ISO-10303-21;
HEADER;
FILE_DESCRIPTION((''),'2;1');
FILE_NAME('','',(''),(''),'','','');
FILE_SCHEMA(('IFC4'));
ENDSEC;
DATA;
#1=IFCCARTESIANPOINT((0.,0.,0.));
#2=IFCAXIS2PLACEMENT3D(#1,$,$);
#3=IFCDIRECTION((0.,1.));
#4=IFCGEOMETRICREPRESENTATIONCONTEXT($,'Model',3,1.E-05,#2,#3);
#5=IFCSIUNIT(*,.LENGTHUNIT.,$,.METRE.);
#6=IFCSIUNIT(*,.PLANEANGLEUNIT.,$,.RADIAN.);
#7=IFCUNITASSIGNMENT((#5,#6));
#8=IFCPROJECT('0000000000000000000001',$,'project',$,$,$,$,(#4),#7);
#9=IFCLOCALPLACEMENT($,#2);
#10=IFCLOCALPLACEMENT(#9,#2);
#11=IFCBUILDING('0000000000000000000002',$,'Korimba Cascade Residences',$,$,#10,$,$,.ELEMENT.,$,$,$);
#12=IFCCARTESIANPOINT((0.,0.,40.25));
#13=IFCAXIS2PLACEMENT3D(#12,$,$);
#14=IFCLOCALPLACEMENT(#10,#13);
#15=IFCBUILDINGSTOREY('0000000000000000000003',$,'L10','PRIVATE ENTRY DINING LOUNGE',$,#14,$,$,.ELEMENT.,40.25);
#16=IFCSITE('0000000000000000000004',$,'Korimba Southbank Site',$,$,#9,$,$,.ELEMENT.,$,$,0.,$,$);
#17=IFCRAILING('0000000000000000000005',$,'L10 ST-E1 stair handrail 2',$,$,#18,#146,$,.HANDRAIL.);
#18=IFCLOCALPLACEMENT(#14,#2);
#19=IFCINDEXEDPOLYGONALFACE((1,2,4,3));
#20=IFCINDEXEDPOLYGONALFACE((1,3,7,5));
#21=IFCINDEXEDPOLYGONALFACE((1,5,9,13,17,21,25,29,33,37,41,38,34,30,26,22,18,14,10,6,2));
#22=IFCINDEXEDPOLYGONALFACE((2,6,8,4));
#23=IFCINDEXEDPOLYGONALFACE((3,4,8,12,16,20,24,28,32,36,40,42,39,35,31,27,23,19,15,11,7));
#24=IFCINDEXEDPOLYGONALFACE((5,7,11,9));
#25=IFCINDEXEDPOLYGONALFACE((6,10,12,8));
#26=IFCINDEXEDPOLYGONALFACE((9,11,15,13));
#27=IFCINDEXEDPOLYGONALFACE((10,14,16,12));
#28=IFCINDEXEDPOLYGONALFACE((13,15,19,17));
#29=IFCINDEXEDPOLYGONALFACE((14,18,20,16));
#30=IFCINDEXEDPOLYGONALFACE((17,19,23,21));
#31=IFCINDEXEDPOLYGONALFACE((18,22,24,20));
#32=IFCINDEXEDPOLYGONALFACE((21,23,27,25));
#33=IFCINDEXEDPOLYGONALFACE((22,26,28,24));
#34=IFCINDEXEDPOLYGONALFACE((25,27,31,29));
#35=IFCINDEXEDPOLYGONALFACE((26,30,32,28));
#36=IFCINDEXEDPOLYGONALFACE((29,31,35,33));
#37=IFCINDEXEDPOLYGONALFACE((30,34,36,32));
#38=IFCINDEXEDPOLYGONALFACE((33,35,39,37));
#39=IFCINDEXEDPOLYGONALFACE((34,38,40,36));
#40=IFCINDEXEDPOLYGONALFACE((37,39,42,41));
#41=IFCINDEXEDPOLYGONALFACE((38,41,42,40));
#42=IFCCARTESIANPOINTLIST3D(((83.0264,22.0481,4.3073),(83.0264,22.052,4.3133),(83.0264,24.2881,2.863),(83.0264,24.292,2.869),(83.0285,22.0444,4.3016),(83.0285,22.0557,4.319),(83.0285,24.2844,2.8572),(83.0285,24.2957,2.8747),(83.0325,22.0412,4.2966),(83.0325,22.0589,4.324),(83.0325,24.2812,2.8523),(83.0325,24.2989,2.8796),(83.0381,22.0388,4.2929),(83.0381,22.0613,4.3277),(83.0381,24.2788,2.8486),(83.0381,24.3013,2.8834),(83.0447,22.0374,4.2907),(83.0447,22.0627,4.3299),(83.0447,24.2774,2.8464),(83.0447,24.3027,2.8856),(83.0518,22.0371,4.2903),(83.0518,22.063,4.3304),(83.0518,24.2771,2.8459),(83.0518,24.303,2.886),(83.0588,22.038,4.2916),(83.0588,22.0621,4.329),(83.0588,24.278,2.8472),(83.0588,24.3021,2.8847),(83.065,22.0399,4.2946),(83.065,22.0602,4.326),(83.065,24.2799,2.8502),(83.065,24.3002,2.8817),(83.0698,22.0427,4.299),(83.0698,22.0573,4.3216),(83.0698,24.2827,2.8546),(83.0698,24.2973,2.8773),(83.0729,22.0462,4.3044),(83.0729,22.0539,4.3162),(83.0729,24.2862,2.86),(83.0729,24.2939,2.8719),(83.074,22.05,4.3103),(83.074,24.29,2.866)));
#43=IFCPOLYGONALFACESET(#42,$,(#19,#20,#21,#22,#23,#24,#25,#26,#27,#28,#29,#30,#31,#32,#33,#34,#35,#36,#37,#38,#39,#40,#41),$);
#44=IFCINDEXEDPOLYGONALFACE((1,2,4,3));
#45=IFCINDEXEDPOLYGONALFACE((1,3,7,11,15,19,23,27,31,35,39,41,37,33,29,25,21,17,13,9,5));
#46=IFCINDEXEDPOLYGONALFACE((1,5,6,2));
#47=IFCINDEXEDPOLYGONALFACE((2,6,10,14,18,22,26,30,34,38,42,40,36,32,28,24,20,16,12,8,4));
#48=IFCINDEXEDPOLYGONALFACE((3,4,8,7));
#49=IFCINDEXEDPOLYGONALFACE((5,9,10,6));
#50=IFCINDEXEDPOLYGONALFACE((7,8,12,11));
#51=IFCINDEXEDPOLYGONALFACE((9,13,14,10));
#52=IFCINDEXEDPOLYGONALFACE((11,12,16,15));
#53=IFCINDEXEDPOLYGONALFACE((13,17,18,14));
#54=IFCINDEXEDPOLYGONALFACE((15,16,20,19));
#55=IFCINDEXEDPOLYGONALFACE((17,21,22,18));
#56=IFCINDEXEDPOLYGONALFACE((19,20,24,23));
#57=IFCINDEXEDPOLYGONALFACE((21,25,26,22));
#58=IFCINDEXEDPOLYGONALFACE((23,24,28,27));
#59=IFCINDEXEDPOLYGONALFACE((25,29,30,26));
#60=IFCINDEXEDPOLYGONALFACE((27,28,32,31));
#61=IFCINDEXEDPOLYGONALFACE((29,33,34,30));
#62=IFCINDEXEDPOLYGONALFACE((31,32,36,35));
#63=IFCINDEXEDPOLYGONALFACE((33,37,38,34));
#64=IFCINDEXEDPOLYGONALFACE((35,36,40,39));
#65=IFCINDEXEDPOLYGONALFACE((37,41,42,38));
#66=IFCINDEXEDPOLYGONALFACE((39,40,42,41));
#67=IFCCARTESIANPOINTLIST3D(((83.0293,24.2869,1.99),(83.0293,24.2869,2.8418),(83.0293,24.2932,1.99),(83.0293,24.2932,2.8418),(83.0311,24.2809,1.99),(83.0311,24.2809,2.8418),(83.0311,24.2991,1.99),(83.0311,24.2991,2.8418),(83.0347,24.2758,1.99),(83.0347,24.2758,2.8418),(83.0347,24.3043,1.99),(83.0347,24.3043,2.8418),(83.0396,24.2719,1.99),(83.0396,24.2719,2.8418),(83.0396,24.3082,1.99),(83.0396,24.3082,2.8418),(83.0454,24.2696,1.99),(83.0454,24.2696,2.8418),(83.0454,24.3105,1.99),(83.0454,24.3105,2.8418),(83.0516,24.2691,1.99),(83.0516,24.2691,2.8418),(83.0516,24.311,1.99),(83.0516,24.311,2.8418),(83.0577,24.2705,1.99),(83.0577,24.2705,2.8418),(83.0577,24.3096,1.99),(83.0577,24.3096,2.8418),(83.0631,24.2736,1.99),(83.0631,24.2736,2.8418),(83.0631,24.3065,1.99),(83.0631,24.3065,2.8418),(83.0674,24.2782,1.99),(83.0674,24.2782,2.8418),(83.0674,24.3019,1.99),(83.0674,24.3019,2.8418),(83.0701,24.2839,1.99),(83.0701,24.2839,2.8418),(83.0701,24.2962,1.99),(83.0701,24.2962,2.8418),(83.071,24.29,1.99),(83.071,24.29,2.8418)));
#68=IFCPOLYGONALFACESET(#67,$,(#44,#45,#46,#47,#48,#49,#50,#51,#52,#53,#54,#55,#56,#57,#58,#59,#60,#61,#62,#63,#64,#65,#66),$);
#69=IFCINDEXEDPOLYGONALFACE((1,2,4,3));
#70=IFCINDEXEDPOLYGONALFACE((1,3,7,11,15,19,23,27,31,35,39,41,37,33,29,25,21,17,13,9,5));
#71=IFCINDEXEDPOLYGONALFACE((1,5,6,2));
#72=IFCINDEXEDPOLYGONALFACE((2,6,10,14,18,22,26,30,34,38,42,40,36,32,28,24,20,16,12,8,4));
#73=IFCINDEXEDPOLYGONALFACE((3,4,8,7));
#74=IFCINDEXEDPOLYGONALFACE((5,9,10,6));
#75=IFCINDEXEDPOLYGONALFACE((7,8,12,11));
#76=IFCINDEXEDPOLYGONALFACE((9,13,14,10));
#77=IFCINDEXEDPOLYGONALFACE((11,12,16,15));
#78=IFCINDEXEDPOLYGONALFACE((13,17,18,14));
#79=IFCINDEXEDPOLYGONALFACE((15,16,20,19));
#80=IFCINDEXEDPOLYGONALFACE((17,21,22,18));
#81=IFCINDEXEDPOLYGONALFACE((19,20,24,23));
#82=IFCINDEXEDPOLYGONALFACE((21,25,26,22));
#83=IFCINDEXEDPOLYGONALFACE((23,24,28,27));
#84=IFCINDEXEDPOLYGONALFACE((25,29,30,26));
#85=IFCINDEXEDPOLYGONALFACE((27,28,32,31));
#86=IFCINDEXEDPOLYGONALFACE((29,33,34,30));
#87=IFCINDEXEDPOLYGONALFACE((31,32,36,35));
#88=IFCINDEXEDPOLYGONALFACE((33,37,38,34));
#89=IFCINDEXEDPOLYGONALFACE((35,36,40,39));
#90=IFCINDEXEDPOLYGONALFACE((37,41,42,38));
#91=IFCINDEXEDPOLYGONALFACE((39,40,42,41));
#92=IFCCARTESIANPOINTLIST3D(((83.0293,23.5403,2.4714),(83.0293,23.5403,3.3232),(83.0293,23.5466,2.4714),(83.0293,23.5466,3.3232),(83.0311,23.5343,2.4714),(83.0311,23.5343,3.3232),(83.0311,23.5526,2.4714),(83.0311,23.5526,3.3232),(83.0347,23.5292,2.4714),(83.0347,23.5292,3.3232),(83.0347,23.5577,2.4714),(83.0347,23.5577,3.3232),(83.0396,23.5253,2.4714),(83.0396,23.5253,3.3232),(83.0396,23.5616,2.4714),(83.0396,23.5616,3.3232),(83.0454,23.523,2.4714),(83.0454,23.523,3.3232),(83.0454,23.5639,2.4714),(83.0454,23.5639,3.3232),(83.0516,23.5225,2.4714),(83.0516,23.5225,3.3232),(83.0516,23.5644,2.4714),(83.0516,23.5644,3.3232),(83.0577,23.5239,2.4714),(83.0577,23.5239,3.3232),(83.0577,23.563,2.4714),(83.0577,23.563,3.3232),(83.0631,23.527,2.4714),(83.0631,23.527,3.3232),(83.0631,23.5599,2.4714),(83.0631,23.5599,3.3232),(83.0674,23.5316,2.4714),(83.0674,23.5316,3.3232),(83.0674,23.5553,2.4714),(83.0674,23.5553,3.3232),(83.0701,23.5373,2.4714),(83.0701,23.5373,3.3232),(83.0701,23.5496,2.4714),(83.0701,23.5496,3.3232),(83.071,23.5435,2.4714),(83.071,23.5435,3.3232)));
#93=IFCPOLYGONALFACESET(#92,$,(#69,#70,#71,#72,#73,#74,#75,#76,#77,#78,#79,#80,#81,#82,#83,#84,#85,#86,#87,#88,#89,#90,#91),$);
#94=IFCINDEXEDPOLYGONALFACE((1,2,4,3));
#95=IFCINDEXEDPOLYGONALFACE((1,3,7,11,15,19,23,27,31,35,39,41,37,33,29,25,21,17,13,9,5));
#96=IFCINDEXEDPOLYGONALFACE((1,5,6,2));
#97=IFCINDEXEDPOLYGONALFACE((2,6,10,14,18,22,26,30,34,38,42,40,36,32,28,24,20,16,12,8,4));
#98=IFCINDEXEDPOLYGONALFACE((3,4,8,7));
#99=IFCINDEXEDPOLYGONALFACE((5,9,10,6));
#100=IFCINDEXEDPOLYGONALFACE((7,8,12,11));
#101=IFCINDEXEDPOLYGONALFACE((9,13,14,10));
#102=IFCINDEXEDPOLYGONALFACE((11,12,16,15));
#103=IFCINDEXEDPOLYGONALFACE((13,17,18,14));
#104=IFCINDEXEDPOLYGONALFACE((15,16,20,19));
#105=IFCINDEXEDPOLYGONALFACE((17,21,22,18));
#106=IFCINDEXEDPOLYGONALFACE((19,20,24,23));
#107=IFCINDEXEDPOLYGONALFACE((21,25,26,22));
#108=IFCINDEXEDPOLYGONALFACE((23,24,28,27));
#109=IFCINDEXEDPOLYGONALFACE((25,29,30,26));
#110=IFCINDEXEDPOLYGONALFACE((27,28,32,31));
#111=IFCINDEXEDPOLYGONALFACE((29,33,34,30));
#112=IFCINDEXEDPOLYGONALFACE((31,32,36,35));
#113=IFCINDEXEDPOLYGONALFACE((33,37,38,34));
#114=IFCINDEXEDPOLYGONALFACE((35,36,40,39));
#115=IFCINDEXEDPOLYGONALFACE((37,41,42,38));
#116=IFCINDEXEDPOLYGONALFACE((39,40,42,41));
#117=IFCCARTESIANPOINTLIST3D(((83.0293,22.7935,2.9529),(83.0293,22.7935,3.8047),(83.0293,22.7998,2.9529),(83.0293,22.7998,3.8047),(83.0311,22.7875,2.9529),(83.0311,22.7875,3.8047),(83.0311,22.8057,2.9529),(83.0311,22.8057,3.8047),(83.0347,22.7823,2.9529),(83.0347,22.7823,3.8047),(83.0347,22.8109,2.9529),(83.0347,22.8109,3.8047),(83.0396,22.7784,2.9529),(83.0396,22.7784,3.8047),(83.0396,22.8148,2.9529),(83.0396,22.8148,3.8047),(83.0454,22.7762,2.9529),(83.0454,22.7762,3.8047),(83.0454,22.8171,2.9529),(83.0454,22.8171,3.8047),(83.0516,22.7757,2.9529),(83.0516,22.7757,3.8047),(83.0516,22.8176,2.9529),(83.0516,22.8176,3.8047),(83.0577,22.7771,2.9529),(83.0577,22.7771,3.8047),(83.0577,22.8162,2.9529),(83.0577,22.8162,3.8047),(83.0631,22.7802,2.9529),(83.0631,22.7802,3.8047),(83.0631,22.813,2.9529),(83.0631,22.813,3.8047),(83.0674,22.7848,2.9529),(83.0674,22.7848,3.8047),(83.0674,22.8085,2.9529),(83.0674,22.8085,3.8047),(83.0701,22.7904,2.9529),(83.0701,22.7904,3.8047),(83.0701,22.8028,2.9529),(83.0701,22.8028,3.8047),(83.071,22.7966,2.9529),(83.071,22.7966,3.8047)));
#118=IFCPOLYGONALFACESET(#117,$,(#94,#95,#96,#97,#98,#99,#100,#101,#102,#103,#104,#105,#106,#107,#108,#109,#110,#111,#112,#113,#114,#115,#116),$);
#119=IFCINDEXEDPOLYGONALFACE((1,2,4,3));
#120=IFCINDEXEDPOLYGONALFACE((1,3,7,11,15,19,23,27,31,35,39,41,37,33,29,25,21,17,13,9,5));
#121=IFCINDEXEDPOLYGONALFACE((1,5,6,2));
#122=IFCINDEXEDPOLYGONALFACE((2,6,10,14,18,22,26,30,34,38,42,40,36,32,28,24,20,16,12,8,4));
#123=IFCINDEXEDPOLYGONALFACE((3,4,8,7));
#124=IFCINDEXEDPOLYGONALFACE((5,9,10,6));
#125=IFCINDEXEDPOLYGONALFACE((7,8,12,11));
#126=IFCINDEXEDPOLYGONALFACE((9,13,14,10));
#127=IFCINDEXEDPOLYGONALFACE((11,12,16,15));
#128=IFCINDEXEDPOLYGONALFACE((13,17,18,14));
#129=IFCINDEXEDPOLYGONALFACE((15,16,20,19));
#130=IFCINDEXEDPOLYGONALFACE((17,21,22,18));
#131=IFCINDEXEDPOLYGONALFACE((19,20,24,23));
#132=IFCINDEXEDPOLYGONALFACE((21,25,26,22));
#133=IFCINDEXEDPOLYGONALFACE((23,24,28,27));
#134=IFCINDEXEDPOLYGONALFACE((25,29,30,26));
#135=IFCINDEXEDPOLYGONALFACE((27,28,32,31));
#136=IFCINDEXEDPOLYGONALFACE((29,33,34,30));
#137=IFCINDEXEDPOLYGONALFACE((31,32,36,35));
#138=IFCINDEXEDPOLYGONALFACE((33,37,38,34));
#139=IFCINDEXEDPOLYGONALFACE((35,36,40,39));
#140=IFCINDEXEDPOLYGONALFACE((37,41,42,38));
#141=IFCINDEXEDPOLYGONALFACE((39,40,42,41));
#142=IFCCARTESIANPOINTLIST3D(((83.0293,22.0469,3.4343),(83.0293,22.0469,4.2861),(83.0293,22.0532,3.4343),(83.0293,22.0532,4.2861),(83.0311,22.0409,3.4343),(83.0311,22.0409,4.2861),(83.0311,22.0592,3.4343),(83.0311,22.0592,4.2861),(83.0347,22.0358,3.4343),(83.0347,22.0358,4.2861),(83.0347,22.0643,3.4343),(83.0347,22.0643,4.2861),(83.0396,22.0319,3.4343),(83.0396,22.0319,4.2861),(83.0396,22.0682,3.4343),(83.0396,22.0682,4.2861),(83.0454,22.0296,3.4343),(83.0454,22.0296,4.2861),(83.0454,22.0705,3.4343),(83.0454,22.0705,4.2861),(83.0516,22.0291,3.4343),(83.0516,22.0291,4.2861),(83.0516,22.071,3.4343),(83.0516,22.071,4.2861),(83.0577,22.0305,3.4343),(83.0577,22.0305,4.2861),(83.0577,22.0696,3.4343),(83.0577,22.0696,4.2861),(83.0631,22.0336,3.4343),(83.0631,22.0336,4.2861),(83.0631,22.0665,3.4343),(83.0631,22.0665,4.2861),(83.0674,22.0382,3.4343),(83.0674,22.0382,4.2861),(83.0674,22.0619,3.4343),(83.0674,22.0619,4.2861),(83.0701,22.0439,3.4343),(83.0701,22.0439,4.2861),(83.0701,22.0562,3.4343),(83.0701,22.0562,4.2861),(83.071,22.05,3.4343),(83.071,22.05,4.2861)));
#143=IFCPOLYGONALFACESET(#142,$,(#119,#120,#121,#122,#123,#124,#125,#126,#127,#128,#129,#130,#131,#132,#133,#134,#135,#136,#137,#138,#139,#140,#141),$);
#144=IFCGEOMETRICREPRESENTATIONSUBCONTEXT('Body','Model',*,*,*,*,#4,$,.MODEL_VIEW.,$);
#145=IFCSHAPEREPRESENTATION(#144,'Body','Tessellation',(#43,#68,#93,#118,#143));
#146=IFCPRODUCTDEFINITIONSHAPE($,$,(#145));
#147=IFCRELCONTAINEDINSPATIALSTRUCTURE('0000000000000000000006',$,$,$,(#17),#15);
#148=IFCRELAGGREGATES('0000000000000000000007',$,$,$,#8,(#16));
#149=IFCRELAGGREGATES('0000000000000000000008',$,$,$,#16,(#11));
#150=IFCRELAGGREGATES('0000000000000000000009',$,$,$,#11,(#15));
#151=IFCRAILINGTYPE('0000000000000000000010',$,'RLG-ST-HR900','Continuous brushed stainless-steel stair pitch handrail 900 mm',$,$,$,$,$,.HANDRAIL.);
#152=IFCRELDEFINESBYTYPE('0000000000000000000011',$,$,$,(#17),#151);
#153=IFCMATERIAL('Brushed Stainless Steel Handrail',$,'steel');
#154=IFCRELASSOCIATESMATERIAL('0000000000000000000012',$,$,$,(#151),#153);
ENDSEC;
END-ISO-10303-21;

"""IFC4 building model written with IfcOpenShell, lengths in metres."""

from ifc_helpers import new_model, si_unit, direction, frame, origin, origin_2d, place, context, subcontext, project, spatial, circle, extrude, material, type_object, element, save


model = new_model("IFC4")

# Units and contexts
model_context = context("Model", 3, precision=1e-05, world=origin(), true_north=direction((0.0, 1.0)))
body_context = subcontext(model_context, "Body", "Model", "MODEL_VIEW")
ifc_project = project(units=[si_unit("LENGTHUNIT", "METRE"), si_unit("PLANEANGLEUNIT", "RADIAN")], contexts=[model_context])

# Site, building, storey
site_placement = place(None, origin())
site = spatial("IfcSite", under=ifc_project, at=site_placement, Name="Korimba Southbank Site", CompositionType="ELEMENT", RefElevation=0.0)
building_placement = place(site_placement, origin())
building = spatial("IfcBuilding", under=site, at=building_placement, Name="Korimba Cascade Residences", CompositionType="ELEMENT")
storey_placement = place(building_placement, frame((0.0, 0.0, 40.25)))
storey = spatial("IfcBuildingStorey", under=building, at=storey_placement, Name="L10", Description="PRIVATE ENTRY DINING LOUNGE", CompositionType="ELEMENT", Elevation=40.25)

# Railing
ifc_material_1 = material(Name="Brushed Stainless Steel Handrail", Category="steel")
railing_type_1 = type_object("IfcRailingType", Name="RLG-ST-HR900", Description="Continuous brushed stainless-steel stair pitch handrail 900 mm", PredefinedType="HANDRAIL", material=ifc_material_1)
railing_1_placement = place(storey_placement, frame((83.05, 24.29, 1.99)))
element("IfcRailing", 1, at=railing_1_placement, inside=storey, type_object=railing_type_1, Name="L10 ST-E1 stair handrail 2", PredefinedType="HANDRAIL", context=body_context, shape_type="SweptSolid", body=[
    extrude(circle(Radius=0.0239, at=origin_2d()), frame((0.0, 0.0, 0.876), z_axis=(0.0, -0.840437, 0.54191), x_axis=(1.0, 0.0, 0.0)), (0.0, 0.0, 1.0), 2.6653),
    extrude(circle(Radius=0.021, at=origin_2d()), origin(), (0.0, 0.0, 1.0), 0.8518),
    extrude(circle(Radius=0.021, at=origin_2d()), frame((0.0, -0.7466, 0.4814)), (0.0, 0.0, 1.0), 0.8518),
    extrude(circle(Radius=0.021, at=origin_2d()), frame((0.0, -1.4934, 0.9629)), (0.0, 0.0, 1.0), 0.8518),
    extrude(circle(Radius=0.021, at=origin_2d()), frame((0.0, -2.24, 1.4443)), (0.0, 0.0, 1.0), 0.8518),
])

save(model, "model.ifc")
